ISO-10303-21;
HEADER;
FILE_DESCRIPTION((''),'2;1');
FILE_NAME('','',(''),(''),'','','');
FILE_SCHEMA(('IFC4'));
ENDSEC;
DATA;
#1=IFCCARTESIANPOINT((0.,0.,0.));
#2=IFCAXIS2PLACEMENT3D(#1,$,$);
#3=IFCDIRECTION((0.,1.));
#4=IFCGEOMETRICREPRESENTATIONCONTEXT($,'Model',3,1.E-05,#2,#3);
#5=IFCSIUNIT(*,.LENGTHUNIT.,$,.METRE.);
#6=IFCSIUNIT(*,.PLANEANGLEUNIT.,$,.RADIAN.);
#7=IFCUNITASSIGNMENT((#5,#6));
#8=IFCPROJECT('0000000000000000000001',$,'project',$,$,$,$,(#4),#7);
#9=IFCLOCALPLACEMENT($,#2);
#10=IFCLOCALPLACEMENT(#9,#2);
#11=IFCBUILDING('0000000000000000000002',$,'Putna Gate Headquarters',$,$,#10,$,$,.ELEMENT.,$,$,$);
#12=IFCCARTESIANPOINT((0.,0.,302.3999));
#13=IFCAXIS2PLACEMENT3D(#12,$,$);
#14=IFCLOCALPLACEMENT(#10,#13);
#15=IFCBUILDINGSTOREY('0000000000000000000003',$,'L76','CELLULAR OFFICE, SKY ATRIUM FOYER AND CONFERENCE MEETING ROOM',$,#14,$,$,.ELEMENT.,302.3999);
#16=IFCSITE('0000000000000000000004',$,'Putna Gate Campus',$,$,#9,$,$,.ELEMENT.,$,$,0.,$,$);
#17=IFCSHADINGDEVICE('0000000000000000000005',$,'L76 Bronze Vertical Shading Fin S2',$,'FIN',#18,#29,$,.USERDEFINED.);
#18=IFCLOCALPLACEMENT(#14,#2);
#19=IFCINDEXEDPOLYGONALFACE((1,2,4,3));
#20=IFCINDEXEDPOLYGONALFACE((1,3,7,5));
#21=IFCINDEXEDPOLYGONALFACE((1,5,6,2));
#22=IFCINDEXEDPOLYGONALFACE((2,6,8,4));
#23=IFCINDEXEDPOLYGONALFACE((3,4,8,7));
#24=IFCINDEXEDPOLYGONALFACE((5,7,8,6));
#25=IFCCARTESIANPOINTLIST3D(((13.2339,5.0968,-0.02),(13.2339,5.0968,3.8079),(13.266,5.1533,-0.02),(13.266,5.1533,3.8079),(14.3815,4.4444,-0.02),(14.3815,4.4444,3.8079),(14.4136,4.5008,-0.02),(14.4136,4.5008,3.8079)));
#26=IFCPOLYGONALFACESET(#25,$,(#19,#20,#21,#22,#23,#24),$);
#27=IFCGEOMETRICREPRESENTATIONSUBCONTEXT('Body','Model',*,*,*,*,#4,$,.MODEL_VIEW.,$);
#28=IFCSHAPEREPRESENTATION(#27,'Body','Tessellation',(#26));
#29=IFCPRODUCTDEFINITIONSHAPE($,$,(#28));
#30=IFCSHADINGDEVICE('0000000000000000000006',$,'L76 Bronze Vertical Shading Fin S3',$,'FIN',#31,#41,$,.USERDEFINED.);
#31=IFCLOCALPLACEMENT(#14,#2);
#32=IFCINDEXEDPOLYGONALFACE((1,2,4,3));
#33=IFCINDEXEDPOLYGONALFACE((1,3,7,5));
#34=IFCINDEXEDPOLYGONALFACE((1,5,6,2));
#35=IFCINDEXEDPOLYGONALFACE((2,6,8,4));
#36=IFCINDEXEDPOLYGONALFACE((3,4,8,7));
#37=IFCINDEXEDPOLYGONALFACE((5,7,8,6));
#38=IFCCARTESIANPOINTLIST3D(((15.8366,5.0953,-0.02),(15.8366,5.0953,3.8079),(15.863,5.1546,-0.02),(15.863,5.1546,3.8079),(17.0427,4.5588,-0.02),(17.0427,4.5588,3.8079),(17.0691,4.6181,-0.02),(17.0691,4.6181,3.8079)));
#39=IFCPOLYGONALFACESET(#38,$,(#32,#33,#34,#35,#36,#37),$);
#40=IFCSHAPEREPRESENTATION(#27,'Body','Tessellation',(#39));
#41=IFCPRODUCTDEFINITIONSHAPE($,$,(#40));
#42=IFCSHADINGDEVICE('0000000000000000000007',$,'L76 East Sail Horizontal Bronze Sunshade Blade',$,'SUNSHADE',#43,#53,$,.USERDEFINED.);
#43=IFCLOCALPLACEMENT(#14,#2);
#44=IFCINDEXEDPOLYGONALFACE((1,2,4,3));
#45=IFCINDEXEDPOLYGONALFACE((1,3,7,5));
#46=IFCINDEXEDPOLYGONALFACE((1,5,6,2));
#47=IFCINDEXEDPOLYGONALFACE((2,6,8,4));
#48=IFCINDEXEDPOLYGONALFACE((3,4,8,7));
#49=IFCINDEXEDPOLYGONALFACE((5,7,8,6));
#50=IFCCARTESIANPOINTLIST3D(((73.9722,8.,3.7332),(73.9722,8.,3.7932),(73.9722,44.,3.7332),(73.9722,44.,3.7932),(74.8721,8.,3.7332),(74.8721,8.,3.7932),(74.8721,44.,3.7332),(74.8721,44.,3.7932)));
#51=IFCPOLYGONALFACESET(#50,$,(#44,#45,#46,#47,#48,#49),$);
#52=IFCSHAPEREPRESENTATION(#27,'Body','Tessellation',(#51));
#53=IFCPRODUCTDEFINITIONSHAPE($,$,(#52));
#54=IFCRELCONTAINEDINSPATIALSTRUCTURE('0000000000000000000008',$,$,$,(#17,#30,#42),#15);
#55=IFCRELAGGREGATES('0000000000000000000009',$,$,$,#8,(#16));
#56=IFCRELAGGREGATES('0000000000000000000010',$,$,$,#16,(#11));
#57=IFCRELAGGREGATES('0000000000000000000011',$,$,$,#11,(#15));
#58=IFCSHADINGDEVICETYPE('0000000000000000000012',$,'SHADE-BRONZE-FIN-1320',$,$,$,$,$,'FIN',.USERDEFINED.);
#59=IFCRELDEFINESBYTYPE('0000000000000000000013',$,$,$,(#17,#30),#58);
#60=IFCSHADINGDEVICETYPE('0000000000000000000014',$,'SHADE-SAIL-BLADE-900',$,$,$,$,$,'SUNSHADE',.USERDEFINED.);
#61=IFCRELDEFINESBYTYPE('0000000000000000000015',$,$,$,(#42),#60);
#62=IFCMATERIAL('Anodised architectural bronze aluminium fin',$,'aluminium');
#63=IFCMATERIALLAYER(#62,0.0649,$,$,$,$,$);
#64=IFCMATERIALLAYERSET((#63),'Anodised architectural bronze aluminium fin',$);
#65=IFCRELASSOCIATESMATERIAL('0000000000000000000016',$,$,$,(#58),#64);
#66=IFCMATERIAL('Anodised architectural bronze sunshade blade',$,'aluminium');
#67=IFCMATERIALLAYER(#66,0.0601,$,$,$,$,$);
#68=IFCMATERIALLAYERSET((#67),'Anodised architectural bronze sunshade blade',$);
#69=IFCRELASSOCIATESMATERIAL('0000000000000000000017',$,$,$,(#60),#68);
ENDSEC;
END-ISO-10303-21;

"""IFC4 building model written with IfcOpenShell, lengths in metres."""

from ifc_helpers import new_model, si_unit, direction, frame, origin, origin_2d, place, context, subcontext, project, spatial, polyline, rectangle, outline, extrude, material, layer, layer_set, type_object, element, save


model = new_model("IFC4")

# Units and contexts
model_context = context("Model", 3, precision=1e-05, world=origin(), true_north=direction((0.0, 1.0)))
body_context = subcontext(model_context, "Body", "Model", "MODEL_VIEW")
ifc_project = project(units=[si_unit("LENGTHUNIT", "METRE"), si_unit("PLANEANGLEUNIT", "RADIAN")], contexts=[model_context])

# Site, building, storey
site_placement = place(None, origin())
site = spatial("IfcSite", under=ifc_project, at=site_placement, Name="Putna Gate Campus", CompositionType="ELEMENT", RefElevation=0.0)
building_placement = place(site_placement, origin())
building = spatial("IfcBuilding", under=site, at=building_placement, Name="Putna Gate Headquarters", CompositionType="ELEMENT")
storey_placement = place(building_placement, frame((0.0, 0.0, 302.3999)))
storey = spatial("IfcBuildingStorey", under=building, at=storey_placement, Name="L76", Description="CELLULAR OFFICE, SKY ATRIUM FOYER AND CONFERENCE MEETING ROOM", CompositionType="ELEMENT", Elevation=302.3999)

# Shading devices
ifc_material_1 = material(Name="Anodised architectural bronze aluminium fin", Category="aluminium")
ifc_layer_1 = layer(ifc_material_1, 0.0649)
ifc_layer_set_1 = layer_set([ifc_layer_1], Name="Anodised architectural bronze aluminium fin")
shading_device_type_1 = type_object("IfcShadingDeviceType", Name="SHADE-BRONZE-FIN-1320", ElementType="FIN", PredefinedType="USERDEFINED", material=ifc_layer_set_1)
for number, where, z_axis, x_axis, name in (
    (1, (13.8237, 4.7988, -0.02), (0.0, 0.0, 1.0), (0.869322, -0.494245, 0.0), "L76 Bronze Vertical Shading Fin S2"),
    (2, (16.4529, 4.8567, -0.02), (0.0, 0.0, 1.0), (0.913687, -0.406418, 0.0), "L76 Bronze Vertical Shading Fin S3"),
):
    element("IfcShadingDevice", number, at=place(storey_placement, frame(where, z_axis=z_axis, x_axis=x_axis)), inside=storey, type_object=shading_device_type_1, Name=name, ObjectType="FIN", PredefinedType="USERDEFINED", context=body_context, shape_type="SweptSolid", body=[
        extrude(rectangle(XDim=1.3201, YDim=0.0649, at=origin_2d()), origin(), (0.0, 0.0, 1.0), 3.8279),
    ])
ifc_material_2 = material(Name="Anodised architectural bronze sunshade blade", Category="aluminium")
ifc_layer_2 = layer(ifc_material_2, 0.0601)
ifc_layer_set_2 = layer_set([ifc_layer_2], Name="Anodised architectural bronze sunshade blade")
shading_device_type_2 = type_object("IfcShadingDeviceType", Name="SHADE-SAIL-BLADE-900", ElementType="SUNSHADE", PredefinedType="USERDEFINED", material=ifc_layer_set_2)
shading_device_placement = place(storey_placement, frame((0.0, 0.0, 3.7332)))
element("IfcShadingDevice", 3, at=shading_device_placement, inside=storey, type_object=shading_device_type_2, Name="L76 East Sail Horizontal Bronze Sunshade Blade", ObjectType="SUNSHADE", PredefinedType="USERDEFINED", context=body_context, shape_type="SweptSolid", body=[
    extrude(outline(polyline([(73.9722, 8.0), (74.8721, 8.0), (74.8721, 44.0), (73.9722, 44.0), (73.9722, 8.0)])), origin(), (0.0, 0.0, 1.0), 0.0601),
])

save(model, "model.ifc")
